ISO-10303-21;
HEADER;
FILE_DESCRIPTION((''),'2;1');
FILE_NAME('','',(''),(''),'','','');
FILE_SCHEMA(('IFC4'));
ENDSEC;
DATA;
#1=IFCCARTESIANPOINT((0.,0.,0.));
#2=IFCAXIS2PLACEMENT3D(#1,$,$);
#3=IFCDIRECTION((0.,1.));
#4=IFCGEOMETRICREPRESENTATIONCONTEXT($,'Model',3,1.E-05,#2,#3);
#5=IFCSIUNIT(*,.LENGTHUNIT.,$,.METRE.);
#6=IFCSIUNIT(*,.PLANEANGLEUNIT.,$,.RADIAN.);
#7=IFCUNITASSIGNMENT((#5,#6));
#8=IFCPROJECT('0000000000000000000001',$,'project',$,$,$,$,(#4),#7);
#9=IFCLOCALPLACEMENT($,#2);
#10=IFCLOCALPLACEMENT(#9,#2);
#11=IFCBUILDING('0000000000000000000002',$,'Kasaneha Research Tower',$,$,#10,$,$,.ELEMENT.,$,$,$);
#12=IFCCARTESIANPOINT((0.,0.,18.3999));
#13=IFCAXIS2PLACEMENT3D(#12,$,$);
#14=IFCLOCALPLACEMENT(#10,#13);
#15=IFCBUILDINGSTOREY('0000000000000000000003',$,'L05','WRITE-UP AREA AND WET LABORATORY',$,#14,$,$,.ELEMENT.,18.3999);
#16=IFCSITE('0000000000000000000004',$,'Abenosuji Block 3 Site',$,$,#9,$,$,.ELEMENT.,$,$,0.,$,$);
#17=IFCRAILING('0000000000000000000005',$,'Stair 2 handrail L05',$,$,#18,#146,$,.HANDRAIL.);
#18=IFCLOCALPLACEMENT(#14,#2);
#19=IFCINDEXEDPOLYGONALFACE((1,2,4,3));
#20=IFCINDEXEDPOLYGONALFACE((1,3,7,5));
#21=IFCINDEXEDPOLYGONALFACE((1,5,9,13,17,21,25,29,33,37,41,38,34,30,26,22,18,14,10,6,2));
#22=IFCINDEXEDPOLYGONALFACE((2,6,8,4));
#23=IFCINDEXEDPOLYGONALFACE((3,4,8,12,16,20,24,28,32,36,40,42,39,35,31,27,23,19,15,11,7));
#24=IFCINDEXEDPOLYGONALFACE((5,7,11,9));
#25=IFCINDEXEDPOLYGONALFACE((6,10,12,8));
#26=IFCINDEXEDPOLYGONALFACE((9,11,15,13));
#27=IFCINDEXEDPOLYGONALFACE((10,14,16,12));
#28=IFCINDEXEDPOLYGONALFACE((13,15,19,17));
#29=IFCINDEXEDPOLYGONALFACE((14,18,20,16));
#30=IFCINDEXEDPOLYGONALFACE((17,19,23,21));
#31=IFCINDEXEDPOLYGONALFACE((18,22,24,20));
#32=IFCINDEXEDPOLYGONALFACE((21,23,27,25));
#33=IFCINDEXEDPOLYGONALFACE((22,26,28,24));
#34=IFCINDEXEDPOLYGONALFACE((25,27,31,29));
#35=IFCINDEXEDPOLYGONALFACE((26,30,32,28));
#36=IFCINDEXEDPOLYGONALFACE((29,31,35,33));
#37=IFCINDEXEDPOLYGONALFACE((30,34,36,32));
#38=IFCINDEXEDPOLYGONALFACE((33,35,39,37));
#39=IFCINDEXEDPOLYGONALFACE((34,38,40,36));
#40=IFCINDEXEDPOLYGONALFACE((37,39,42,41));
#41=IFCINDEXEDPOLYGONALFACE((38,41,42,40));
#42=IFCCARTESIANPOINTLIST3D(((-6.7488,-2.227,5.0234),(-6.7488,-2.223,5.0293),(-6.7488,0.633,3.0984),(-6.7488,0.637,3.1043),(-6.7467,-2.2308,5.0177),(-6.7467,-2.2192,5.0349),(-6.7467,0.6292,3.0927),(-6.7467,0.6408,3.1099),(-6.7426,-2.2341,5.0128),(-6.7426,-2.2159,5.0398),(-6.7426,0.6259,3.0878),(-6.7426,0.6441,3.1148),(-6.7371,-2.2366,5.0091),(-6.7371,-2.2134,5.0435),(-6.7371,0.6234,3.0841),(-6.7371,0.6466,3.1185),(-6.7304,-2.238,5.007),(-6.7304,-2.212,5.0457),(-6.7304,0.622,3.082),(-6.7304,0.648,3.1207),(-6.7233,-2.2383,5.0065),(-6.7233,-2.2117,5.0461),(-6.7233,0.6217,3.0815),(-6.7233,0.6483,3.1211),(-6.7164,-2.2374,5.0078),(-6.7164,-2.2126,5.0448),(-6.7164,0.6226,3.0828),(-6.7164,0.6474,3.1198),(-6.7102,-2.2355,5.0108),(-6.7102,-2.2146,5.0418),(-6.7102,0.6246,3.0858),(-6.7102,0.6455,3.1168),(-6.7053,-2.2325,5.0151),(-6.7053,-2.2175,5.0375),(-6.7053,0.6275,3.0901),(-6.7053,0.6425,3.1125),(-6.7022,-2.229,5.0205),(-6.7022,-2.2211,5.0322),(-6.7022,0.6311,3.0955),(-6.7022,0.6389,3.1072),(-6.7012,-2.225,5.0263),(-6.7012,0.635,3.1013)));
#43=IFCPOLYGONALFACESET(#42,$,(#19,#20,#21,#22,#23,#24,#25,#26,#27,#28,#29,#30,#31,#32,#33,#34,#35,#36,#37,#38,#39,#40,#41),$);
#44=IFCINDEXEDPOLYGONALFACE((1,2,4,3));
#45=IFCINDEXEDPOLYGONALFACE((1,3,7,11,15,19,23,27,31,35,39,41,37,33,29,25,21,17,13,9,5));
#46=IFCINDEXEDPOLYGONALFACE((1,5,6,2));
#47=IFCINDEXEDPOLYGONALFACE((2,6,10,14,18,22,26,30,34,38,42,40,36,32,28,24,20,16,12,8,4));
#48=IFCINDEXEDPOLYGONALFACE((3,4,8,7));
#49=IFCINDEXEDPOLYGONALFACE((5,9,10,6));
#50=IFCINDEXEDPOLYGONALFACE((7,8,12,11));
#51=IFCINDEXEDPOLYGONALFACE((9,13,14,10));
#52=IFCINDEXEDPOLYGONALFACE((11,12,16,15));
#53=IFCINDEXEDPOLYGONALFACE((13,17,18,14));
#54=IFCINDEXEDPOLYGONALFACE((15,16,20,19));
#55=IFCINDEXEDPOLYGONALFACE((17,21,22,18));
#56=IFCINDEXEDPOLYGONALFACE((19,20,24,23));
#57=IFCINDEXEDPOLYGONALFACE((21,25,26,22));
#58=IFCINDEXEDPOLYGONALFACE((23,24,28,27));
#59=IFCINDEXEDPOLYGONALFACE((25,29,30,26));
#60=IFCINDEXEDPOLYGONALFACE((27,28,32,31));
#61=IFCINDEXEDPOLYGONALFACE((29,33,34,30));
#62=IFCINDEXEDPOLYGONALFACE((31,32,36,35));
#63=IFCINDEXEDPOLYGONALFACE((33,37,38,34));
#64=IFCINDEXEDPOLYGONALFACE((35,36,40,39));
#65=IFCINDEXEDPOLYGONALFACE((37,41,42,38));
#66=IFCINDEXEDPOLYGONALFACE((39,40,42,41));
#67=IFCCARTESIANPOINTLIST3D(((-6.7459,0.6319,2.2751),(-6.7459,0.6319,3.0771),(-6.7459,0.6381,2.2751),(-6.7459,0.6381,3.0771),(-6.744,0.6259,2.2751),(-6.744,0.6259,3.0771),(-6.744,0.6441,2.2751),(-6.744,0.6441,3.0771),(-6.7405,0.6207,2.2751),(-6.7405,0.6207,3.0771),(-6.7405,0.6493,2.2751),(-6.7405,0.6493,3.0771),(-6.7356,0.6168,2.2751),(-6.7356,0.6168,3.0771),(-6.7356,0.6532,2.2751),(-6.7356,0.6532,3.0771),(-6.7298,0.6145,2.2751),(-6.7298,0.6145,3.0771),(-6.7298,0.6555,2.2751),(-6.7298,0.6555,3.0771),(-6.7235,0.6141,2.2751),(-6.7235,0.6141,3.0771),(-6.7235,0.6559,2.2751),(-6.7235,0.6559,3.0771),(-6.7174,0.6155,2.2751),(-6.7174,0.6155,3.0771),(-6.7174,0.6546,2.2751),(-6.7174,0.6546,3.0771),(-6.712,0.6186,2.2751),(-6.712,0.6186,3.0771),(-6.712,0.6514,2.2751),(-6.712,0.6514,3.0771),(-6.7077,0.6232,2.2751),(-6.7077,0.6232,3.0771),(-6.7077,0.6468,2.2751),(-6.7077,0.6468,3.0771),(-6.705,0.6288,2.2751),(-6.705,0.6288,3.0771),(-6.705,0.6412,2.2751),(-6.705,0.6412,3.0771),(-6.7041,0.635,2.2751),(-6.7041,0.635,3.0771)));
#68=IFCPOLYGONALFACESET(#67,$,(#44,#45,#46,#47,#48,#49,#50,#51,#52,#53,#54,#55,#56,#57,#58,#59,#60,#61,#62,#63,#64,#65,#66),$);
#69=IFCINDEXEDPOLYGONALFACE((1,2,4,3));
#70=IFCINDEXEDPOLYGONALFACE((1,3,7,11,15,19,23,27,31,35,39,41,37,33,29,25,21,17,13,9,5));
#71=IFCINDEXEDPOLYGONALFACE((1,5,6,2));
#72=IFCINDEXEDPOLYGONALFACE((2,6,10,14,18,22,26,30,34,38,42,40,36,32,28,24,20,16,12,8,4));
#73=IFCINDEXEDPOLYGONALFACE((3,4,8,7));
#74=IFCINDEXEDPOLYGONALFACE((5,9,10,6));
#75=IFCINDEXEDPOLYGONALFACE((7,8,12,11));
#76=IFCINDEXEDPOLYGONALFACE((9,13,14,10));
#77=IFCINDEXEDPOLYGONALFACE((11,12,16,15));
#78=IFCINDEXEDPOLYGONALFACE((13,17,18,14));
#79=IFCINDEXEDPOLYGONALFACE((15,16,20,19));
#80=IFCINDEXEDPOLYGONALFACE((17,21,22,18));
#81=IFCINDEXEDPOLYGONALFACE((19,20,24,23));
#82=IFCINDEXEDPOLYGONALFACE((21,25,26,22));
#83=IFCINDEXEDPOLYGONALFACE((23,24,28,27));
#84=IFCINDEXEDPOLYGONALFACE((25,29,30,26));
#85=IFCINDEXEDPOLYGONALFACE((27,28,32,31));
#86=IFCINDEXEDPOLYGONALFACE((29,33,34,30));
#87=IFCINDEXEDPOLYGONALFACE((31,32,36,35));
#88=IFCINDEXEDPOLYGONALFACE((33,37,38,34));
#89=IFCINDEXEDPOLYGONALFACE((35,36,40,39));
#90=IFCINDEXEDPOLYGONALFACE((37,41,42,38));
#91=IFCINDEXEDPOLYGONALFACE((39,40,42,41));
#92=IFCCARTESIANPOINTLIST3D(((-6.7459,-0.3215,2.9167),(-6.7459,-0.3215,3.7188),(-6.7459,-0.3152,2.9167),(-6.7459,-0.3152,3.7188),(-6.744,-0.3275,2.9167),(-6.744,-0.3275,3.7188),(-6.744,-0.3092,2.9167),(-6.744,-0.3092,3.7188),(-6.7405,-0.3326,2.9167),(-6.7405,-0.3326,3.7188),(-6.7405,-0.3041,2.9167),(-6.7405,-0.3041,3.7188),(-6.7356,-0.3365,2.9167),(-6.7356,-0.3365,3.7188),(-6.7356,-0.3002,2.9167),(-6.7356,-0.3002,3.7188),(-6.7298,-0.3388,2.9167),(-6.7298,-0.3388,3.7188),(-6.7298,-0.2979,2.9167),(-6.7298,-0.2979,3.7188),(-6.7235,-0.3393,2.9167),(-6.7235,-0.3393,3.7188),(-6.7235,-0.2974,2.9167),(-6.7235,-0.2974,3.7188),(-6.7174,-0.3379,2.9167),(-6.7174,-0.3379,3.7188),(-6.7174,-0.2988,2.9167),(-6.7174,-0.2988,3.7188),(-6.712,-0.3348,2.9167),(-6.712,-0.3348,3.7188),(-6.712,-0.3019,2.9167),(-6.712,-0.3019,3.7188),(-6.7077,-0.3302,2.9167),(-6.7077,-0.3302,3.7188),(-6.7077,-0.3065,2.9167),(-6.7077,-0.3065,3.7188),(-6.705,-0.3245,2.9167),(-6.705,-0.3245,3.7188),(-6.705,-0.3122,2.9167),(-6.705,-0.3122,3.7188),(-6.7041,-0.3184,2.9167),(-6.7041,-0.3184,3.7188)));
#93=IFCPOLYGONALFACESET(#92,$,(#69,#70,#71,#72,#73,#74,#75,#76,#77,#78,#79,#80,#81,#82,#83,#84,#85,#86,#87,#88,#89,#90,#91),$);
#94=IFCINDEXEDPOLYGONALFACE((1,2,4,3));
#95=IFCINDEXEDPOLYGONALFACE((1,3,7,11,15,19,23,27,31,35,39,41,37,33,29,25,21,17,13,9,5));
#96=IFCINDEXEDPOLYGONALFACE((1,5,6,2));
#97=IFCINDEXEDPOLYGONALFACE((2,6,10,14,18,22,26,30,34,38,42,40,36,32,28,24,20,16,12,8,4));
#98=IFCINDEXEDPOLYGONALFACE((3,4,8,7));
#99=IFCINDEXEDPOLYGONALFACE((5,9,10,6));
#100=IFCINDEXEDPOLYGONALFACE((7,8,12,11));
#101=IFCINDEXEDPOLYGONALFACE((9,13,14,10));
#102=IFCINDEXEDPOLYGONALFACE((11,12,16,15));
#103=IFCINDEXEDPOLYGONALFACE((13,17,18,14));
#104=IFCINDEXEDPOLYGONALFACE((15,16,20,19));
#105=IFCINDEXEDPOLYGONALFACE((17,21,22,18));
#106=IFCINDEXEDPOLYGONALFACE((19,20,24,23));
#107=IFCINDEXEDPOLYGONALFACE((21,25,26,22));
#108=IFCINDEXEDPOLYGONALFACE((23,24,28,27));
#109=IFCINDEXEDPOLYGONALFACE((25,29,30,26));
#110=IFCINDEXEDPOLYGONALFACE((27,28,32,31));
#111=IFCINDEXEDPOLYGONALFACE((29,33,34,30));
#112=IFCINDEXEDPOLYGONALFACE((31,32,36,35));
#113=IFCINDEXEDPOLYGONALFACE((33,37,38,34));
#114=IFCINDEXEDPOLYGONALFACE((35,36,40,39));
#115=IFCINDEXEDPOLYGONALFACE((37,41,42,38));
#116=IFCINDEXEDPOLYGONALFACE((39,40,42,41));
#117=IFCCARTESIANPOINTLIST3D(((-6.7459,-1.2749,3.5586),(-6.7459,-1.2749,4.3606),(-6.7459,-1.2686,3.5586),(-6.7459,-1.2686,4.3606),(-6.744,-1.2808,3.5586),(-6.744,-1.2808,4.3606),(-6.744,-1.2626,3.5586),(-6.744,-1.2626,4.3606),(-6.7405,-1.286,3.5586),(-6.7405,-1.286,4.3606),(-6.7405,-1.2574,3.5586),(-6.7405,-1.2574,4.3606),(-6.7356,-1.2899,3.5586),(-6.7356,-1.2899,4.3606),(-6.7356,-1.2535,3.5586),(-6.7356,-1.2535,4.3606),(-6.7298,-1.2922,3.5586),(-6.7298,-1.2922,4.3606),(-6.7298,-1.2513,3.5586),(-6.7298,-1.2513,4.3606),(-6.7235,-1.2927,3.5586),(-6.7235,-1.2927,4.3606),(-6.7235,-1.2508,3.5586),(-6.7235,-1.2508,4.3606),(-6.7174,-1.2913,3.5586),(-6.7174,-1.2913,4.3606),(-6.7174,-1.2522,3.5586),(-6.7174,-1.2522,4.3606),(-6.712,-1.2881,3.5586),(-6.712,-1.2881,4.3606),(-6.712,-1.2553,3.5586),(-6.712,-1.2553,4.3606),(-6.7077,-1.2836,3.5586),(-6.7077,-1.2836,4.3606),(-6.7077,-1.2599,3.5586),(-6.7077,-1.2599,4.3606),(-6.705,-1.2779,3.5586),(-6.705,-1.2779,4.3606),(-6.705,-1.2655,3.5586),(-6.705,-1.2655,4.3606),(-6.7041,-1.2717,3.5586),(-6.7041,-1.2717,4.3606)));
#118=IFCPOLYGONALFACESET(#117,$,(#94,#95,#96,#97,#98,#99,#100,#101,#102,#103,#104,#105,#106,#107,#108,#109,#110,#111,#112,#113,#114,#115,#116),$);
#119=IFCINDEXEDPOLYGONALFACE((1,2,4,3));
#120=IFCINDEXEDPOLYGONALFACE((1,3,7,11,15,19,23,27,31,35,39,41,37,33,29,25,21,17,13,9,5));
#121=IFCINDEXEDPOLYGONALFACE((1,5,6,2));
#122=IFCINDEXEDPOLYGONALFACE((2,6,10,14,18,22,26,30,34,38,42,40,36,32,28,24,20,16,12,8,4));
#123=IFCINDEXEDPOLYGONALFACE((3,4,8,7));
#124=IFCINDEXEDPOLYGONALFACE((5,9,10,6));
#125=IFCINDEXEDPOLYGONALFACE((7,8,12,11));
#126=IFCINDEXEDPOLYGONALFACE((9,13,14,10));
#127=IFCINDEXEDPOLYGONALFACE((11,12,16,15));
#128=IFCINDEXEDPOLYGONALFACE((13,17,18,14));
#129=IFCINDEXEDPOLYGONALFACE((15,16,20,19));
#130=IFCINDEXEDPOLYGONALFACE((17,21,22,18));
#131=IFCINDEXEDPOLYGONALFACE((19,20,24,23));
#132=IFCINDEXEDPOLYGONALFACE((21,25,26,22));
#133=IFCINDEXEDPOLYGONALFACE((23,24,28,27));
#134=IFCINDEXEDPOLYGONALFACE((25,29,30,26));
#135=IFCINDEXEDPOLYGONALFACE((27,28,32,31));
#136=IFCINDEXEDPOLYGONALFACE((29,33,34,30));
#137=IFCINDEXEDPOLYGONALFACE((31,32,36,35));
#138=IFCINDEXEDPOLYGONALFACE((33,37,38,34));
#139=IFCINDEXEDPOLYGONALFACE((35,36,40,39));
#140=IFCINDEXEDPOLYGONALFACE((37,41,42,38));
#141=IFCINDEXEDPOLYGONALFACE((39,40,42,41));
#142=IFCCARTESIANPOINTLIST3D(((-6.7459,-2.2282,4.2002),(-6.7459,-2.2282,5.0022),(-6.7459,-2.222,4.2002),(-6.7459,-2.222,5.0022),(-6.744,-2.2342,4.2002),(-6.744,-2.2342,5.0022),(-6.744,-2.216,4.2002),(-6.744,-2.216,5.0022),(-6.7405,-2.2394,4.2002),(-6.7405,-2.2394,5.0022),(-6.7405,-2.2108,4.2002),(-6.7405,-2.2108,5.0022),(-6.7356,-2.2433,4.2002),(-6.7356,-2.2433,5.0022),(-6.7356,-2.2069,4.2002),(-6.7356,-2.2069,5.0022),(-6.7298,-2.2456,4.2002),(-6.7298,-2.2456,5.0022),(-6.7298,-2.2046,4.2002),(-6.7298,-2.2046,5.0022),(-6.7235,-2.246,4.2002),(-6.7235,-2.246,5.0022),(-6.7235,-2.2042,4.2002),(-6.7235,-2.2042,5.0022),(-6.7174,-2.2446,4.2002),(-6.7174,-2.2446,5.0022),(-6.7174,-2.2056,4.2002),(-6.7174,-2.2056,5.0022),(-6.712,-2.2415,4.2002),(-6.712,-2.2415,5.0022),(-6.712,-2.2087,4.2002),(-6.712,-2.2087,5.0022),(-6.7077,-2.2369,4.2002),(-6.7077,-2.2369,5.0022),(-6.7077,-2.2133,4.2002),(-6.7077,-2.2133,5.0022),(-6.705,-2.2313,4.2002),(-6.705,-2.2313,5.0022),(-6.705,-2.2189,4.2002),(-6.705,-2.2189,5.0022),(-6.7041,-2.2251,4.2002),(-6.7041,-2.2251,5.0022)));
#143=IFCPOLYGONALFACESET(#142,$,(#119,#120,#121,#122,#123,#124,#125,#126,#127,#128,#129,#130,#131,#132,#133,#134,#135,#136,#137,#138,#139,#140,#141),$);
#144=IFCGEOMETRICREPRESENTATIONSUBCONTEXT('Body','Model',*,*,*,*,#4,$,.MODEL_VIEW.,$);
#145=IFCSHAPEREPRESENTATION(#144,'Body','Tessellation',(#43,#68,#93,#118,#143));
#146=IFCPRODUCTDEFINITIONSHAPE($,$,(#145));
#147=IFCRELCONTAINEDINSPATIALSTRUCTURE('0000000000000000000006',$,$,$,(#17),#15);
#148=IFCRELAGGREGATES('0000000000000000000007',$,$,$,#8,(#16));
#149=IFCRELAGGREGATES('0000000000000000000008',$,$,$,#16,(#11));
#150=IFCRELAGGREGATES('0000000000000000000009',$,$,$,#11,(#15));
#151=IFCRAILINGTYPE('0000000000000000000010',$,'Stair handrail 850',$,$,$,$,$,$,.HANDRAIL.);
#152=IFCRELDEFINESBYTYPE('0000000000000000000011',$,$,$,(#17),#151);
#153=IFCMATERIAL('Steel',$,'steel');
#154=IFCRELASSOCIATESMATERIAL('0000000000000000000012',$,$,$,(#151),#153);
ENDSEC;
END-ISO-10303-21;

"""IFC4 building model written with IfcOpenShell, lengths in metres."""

from ifc_helpers import new_model, si_unit, direction, frame, origin, origin_2d, place, context, subcontext, project, spatial, circle, extrude, material, type_object, element, save


model = new_model("IFC4")

# Units and contexts
model_context = context("Model", 3, precision=1e-05, world=origin(), true_north=direction((0.0, 1.0)))
body_context = subcontext(model_context, "Body", "Model", "MODEL_VIEW")
ifc_project = project(units=[si_unit("LENGTHUNIT", "METRE"), si_unit("PLANEANGLEUNIT", "RADIAN")], contexts=[model_context])

# Site, building, storey
site_placement = place(None, origin())
site = spatial("IfcSite", under=ifc_project, at=site_placement, Name="Abenosuji Block 3 Site", CompositionType="ELEMENT", RefElevation=0.0)
building_placement = place(site_placement, origin())
building = spatial("IfcBuilding", under=site, at=building_placement, Name="Kasaneha Research Tower", CompositionType="ELEMENT")
storey_placement = place(building_placement, frame((0.0, 0.0, 18.3999)))
storey = spatial("IfcBuildingStorey", under=building, at=storey_placement, Name="L05", Description="WRITE-UP AREA AND WET LABORATORY", CompositionType="ELEMENT", Elevation=18.3999)

# Railing
ifc_material_1 = material(Name="Steel", Category="steel")
railing_type_1 = type_object("IfcRailingType", Name="Stair handrail 850", PredefinedType="HANDRAIL", material=ifc_material_1)
railing_1_placement = place(storey_placement, frame((-6.7251, 0.635, 2.2751)))
element("IfcRailing", 1, at=railing_1_placement, inside=storey, type_object=railing_type_1, Name="Stair 2 handrail L05", PredefinedType="HANDRAIL", context=body_context, shape_type="SweptSolid", body=[
    extrude(circle(Radius=0.0239, at=origin_2d()), frame((0.0, 0.0, 0.8262), z_axis=(0.0, -0.829591, 0.558372), x_axis=(1.0, 0.0, 0.0)), (0.0, 0.0, 1.0), 3.4475),
    extrude(circle(Radius=0.021, at=origin_2d()), origin(), (0.0, 0.0, 1.0), 0.802),
    extrude(circle(Radius=0.021, at=origin_2d()), frame((0.0, -0.9534, 0.6416)), (0.0, 0.0, 1.0), 0.802),
    extrude(circle(Radius=0.021, at=origin_2d()), frame((0.0, -1.9067, 1.2834)), (0.0, 0.0, 1.0), 0.802),
    extrude(circle(Radius=0.021, at=origin_2d()), frame((0.0, -2.8601, 1.925)), (0.0, 0.0, 1.0), 0.802),
])

save(model, "model.ifc")
